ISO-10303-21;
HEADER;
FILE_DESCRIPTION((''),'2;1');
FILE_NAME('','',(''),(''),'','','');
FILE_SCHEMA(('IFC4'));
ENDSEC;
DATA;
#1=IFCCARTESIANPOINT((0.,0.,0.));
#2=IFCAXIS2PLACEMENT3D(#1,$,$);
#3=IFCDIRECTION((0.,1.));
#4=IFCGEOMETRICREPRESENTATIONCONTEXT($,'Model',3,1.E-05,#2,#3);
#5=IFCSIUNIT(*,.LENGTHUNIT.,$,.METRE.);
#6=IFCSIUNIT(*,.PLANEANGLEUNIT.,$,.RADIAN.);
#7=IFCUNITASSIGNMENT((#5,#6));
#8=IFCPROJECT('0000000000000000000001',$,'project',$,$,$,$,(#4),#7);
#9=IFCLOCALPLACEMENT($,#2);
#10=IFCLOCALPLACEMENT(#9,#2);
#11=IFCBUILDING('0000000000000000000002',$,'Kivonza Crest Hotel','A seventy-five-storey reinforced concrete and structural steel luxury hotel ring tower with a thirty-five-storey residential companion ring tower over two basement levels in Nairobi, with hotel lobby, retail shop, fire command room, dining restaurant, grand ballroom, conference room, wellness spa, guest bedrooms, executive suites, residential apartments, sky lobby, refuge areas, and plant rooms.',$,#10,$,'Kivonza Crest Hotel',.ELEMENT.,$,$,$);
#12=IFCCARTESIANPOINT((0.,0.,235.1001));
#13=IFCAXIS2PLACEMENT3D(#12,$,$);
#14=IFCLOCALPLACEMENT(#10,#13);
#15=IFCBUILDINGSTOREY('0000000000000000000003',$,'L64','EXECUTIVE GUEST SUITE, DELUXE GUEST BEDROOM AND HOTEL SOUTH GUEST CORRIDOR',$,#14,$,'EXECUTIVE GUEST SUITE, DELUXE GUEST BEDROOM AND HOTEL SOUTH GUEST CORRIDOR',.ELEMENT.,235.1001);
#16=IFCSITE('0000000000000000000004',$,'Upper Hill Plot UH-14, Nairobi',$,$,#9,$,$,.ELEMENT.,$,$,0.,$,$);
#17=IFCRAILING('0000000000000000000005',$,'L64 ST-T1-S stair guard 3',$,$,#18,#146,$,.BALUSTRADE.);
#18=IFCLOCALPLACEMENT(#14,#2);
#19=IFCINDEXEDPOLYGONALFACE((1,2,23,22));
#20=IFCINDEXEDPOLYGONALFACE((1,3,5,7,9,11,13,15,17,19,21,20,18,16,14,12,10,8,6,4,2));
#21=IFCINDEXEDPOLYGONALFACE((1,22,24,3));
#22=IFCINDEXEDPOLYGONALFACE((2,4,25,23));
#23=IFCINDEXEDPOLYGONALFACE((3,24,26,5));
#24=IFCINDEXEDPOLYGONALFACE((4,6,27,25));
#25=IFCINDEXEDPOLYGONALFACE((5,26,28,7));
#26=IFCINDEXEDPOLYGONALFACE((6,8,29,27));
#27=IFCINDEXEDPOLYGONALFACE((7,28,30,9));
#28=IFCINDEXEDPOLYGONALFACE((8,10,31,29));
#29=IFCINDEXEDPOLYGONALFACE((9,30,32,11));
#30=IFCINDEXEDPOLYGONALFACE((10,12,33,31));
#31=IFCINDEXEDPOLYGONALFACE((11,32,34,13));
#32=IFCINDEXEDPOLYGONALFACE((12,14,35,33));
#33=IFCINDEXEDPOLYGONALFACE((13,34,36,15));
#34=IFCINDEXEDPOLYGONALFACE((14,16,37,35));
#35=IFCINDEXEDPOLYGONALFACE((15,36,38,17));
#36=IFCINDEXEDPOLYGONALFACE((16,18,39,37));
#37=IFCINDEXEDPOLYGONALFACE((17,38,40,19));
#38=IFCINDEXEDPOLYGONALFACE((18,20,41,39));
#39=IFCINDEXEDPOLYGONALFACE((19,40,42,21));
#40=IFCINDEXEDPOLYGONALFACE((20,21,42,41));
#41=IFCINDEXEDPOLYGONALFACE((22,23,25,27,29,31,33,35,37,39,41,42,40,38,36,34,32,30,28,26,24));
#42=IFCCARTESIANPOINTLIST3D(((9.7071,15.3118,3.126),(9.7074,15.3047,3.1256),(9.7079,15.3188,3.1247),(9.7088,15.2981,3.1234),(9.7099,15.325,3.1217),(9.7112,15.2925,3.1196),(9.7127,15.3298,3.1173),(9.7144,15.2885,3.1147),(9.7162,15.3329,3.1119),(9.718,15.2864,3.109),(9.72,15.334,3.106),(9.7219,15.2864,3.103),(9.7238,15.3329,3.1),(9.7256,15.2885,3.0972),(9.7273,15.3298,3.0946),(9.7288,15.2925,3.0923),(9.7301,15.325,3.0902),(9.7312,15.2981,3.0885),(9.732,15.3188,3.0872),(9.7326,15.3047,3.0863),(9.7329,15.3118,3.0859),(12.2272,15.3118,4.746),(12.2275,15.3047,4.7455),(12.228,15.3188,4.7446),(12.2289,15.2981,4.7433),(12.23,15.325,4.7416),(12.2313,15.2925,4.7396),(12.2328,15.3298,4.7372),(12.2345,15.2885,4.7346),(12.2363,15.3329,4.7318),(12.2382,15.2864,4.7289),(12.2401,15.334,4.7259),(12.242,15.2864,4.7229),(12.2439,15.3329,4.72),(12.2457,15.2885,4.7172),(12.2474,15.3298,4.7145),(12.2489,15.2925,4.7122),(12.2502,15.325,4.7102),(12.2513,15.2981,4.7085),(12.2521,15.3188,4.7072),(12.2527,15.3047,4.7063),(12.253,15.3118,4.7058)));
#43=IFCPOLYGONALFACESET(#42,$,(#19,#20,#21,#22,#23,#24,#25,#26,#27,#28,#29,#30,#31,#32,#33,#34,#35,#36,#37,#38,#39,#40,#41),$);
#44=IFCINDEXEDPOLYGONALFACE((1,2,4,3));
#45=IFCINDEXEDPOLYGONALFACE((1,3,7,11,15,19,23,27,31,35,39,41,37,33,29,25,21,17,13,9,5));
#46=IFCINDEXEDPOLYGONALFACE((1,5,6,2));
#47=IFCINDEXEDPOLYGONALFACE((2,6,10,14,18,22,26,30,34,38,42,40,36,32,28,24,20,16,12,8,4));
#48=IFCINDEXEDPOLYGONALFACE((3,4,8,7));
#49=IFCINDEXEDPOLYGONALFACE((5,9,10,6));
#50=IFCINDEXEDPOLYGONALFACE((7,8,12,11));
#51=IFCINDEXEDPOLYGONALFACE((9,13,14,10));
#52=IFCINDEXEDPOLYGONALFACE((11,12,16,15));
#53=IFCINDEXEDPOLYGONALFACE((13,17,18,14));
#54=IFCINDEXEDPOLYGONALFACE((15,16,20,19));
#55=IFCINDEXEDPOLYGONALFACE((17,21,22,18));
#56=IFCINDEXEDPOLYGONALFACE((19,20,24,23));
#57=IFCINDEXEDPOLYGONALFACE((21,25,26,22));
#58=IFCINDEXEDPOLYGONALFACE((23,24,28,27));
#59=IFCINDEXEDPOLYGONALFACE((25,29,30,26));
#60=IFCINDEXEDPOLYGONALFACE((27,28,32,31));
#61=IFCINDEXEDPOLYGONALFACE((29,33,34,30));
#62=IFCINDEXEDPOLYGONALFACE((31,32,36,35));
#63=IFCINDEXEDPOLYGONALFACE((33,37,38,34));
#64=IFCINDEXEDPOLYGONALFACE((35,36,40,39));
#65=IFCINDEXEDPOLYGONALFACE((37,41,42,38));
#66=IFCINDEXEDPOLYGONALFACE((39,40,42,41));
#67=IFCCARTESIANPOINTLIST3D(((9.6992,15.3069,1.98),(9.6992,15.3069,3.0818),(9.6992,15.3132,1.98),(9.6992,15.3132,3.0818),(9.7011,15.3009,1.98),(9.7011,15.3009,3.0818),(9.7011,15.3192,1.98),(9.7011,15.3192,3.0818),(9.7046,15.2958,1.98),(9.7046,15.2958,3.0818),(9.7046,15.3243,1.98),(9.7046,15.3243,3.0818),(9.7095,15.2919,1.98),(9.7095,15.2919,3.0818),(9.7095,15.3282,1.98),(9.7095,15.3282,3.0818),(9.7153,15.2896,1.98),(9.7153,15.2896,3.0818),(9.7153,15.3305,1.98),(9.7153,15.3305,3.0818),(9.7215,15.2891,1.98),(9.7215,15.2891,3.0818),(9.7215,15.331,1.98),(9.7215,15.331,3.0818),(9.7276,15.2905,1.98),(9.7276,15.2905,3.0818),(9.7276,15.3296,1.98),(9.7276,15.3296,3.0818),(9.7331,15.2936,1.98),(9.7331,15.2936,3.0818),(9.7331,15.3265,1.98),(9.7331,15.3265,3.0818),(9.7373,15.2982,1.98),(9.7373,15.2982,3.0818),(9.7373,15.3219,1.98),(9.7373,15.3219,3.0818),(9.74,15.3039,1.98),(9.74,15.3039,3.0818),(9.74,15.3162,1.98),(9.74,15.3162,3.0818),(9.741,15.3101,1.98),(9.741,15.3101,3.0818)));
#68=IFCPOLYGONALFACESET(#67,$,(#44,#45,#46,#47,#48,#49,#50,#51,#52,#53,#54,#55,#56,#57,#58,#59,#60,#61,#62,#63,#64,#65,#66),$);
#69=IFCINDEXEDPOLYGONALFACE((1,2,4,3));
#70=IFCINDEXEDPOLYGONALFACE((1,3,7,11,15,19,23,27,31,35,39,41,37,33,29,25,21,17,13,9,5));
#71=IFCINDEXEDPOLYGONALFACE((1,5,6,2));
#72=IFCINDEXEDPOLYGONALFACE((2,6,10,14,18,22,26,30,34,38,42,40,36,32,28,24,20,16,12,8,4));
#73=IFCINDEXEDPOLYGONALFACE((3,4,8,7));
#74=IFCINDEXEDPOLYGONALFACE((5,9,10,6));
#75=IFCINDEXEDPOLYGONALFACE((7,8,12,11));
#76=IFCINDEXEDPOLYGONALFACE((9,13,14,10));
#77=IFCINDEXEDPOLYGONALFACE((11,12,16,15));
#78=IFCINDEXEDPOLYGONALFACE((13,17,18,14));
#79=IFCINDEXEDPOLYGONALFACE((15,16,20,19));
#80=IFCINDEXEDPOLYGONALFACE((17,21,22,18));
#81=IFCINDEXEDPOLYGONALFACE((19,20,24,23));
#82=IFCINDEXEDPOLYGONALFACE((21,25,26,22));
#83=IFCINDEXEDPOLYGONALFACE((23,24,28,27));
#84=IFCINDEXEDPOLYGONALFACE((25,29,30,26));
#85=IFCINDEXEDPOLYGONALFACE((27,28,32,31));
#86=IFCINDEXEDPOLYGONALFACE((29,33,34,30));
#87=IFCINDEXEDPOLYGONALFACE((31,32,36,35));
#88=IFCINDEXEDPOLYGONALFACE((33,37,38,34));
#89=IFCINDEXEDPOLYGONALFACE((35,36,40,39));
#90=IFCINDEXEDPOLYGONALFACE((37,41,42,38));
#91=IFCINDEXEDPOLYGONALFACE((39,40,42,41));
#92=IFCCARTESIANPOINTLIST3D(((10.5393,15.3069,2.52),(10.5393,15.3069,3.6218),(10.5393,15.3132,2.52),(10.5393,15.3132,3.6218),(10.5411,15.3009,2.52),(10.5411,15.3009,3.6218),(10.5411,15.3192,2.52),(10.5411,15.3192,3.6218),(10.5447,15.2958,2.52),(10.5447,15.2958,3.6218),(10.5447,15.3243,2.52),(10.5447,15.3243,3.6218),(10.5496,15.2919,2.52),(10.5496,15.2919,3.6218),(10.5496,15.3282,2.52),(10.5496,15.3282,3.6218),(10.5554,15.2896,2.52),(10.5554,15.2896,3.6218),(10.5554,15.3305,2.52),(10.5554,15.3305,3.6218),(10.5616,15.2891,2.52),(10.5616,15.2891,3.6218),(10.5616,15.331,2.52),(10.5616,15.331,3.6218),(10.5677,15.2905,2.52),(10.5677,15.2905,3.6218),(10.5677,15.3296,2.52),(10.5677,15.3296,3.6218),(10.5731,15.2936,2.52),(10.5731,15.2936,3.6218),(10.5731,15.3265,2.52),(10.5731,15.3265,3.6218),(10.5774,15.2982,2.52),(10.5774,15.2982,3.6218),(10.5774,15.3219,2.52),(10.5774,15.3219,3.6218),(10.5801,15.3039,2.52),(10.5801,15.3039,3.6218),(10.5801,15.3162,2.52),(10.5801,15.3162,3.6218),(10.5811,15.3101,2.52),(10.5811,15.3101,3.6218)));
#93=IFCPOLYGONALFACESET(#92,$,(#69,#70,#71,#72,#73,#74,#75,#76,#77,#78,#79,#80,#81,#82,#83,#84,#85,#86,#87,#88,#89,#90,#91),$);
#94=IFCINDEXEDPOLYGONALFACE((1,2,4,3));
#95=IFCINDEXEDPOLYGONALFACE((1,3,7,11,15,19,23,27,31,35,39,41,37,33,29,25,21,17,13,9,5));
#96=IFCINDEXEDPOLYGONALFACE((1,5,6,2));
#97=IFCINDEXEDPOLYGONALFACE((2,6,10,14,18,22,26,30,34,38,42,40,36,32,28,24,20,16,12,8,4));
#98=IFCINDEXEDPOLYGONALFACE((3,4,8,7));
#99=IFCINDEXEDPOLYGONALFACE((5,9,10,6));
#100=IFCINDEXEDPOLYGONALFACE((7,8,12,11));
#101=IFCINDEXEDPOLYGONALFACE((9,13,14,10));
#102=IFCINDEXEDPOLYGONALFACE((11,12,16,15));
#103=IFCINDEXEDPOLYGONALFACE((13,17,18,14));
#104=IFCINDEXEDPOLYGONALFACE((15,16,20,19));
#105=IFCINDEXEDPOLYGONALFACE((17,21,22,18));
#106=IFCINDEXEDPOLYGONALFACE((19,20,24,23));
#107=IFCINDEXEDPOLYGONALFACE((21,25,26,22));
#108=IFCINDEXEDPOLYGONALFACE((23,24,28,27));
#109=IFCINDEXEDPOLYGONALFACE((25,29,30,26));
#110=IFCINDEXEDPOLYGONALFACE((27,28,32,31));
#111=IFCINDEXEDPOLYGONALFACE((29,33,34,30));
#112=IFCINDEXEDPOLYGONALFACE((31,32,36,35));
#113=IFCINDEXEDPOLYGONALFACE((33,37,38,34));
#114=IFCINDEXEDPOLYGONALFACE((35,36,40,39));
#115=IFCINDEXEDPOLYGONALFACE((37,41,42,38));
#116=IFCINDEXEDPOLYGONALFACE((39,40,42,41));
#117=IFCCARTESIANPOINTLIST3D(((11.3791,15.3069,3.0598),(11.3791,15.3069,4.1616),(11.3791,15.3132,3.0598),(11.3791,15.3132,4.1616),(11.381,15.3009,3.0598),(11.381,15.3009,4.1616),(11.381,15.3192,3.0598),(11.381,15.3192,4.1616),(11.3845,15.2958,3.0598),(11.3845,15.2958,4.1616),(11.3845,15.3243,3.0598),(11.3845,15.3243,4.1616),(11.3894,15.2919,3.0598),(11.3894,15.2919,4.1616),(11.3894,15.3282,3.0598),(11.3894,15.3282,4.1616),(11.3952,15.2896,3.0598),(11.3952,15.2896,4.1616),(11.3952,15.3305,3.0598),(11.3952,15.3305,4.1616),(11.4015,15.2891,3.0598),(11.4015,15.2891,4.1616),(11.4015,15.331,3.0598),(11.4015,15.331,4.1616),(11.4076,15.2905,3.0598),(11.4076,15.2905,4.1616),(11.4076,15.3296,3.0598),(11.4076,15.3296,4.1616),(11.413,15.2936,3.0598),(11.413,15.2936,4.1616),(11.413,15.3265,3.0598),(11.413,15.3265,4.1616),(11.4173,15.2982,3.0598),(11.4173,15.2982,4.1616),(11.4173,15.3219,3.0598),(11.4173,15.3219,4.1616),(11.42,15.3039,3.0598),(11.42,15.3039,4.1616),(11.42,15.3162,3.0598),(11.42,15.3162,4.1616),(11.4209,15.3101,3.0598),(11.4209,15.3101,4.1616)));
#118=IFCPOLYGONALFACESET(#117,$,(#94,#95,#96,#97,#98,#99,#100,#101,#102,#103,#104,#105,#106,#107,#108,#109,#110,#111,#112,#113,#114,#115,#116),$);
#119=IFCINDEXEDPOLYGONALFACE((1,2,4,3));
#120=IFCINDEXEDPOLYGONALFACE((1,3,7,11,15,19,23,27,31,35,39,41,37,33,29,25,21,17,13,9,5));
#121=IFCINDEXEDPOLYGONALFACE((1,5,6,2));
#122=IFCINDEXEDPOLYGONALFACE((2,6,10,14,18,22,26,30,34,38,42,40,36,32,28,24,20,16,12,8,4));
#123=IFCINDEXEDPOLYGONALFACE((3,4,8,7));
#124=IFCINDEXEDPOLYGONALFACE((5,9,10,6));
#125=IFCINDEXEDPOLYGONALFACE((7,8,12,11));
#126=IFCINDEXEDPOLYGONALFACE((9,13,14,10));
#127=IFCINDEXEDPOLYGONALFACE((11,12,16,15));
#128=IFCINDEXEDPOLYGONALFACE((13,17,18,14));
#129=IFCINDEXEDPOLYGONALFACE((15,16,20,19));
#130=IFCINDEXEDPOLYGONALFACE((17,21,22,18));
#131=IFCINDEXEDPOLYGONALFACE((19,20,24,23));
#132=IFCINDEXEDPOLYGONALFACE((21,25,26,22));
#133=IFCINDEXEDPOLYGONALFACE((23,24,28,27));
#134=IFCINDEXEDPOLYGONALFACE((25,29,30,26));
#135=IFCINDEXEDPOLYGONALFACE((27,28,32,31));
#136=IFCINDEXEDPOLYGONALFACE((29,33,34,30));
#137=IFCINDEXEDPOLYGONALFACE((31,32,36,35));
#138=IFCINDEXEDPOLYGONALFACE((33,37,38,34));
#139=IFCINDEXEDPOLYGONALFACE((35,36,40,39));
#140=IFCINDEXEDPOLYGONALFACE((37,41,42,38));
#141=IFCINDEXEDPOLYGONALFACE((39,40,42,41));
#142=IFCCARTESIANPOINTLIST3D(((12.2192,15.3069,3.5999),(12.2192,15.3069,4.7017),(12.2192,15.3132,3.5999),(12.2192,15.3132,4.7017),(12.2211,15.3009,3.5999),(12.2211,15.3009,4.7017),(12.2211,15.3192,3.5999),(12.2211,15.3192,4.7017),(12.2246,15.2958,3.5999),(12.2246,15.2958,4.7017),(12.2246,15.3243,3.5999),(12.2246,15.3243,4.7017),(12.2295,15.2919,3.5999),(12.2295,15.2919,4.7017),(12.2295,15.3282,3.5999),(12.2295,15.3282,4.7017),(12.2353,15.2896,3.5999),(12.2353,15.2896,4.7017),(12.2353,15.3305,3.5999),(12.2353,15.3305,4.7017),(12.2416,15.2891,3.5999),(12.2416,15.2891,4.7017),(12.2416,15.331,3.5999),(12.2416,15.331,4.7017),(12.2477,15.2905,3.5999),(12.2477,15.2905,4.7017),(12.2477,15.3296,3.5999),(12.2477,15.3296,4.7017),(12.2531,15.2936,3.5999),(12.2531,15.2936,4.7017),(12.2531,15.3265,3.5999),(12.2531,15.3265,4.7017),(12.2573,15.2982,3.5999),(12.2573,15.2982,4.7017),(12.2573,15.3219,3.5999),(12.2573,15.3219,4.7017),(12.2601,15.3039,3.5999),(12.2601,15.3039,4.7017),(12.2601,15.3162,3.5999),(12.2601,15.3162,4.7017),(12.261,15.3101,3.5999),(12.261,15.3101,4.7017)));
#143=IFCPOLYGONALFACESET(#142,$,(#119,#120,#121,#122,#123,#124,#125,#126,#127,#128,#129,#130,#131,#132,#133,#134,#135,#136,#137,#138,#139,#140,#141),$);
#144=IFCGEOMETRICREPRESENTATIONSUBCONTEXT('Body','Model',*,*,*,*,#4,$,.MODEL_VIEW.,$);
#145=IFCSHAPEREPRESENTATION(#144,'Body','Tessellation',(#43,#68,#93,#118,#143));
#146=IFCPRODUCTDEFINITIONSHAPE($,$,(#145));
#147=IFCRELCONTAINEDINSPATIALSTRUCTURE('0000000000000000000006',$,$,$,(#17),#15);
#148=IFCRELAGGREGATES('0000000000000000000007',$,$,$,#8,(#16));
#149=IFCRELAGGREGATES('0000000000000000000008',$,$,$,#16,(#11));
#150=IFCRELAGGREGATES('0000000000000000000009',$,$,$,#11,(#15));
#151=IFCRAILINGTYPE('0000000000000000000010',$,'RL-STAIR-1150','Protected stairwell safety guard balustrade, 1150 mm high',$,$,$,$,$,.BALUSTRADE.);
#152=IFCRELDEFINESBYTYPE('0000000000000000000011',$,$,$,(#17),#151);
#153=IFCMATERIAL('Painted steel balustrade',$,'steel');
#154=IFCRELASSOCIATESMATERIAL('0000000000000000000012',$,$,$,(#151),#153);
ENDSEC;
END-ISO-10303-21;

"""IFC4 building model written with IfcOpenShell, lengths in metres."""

from ifc_helpers import new_model, si_unit, direction, frame, origin, origin_2d, place, context, subcontext, project, spatial, circle, extrude, material, type_object, element, save


model = new_model("IFC4")

# Units and contexts
model_context = context("Model", 3, precision=1e-05, world=origin(), true_north=direction((0.0, 1.0)))
body_context = subcontext(model_context, "Body", "Model", "MODEL_VIEW")
ifc_project = project(units=[si_unit("LENGTHUNIT", "METRE"), si_unit("PLANEANGLEUNIT", "RADIAN")], contexts=[model_context])

# Site, building, storey
site_placement = place(None, origin())
site = spatial("IfcSite", under=ifc_project, at=site_placement, Name="Upper Hill Plot UH-14, Nairobi", CompositionType="ELEMENT", RefElevation=0.0)
building_placement = place(site_placement, origin())
building = spatial("IfcBuilding", under=site, at=building_placement, Name="Kivonza Crest Hotel", Description="A seventy-five-storey reinforced concrete and structural steel luxury hotel ring tower with a thirty-five-storey residential companion ring tower over two basement levels in Nairobi, with hotel lobby, retail shop, fire command room, dining restaurant, grand ballroom, conference room, wellness spa, guest bedrooms, executive suites, residential apartments, sky lobby, refuge areas, and plant rooms.", LongName="Kivonza Crest Hotel", CompositionType="ELEMENT")
storey_placement = place(building_placement, frame((0.0, 0.0, 235.1001)))
storey = spatial("IfcBuildingStorey", under=building, at=storey_placement, Name="L64", Description="EXECUTIVE GUEST SUITE, DELUXE GUEST BEDROOM AND HOTEL SOUTH GUEST CORRIDOR", LongName="EXECUTIVE GUEST SUITE, DELUXE GUEST BEDROOM AND HOTEL SOUTH GUEST CORRIDOR", CompositionType="ELEMENT", Elevation=235.1001)

# Railing
ifc_material_1 = material(Name="Painted steel balustrade", Category="steel")
railing_type_1 = type_object("IfcRailingType", Name="RL-STAIR-1150", Description="Protected stairwell safety guard balustrade, 1150 mm high", PredefinedType="BALUSTRADE", material=ifc_material_1)
railing_1_placement = place(storey_placement, frame((9.72, 15.3101, 1.98)))
element("IfcRailing", 1, at=railing_1_placement, inside=storey, type_object=railing_type_1, Name="L64 ST-T1-S stair guard 3", PredefinedType="BALUSTRADE", context=body_context, shape_type="SweptSolid", body=[
    extrude(circle(Radius=0.0239, at=origin_2d()), frame((0.0, 0.0, 1.126), z_axis=(0.8412, 0.0, 0.540725), x_axis=(0.0, 1.0, 0.0)), (0.0, 0.0, 1.0), 2.9958),
    extrude(circle(Radius=0.021, at=origin_2d()), origin(), (0.0, 0.0, 1.0), 1.1018),
    extrude(circle(Radius=0.021, at=origin_2d()), frame((0.8401, 0.0, 0.54)), (0.0, 0.0, 1.0), 1.1018),
    extrude(circle(Radius=0.021, at=origin_2d()), frame((1.6799, 0.0, 1.0798)), (0.0, 0.0, 1.0), 1.1018),
    extrude(circle(Radius=0.021, at=origin_2d()), frame((2.52, 0.0, 1.6199)), (0.0, 0.0, 1.0), 1.1018),
])

save(model, "model.ifc")
